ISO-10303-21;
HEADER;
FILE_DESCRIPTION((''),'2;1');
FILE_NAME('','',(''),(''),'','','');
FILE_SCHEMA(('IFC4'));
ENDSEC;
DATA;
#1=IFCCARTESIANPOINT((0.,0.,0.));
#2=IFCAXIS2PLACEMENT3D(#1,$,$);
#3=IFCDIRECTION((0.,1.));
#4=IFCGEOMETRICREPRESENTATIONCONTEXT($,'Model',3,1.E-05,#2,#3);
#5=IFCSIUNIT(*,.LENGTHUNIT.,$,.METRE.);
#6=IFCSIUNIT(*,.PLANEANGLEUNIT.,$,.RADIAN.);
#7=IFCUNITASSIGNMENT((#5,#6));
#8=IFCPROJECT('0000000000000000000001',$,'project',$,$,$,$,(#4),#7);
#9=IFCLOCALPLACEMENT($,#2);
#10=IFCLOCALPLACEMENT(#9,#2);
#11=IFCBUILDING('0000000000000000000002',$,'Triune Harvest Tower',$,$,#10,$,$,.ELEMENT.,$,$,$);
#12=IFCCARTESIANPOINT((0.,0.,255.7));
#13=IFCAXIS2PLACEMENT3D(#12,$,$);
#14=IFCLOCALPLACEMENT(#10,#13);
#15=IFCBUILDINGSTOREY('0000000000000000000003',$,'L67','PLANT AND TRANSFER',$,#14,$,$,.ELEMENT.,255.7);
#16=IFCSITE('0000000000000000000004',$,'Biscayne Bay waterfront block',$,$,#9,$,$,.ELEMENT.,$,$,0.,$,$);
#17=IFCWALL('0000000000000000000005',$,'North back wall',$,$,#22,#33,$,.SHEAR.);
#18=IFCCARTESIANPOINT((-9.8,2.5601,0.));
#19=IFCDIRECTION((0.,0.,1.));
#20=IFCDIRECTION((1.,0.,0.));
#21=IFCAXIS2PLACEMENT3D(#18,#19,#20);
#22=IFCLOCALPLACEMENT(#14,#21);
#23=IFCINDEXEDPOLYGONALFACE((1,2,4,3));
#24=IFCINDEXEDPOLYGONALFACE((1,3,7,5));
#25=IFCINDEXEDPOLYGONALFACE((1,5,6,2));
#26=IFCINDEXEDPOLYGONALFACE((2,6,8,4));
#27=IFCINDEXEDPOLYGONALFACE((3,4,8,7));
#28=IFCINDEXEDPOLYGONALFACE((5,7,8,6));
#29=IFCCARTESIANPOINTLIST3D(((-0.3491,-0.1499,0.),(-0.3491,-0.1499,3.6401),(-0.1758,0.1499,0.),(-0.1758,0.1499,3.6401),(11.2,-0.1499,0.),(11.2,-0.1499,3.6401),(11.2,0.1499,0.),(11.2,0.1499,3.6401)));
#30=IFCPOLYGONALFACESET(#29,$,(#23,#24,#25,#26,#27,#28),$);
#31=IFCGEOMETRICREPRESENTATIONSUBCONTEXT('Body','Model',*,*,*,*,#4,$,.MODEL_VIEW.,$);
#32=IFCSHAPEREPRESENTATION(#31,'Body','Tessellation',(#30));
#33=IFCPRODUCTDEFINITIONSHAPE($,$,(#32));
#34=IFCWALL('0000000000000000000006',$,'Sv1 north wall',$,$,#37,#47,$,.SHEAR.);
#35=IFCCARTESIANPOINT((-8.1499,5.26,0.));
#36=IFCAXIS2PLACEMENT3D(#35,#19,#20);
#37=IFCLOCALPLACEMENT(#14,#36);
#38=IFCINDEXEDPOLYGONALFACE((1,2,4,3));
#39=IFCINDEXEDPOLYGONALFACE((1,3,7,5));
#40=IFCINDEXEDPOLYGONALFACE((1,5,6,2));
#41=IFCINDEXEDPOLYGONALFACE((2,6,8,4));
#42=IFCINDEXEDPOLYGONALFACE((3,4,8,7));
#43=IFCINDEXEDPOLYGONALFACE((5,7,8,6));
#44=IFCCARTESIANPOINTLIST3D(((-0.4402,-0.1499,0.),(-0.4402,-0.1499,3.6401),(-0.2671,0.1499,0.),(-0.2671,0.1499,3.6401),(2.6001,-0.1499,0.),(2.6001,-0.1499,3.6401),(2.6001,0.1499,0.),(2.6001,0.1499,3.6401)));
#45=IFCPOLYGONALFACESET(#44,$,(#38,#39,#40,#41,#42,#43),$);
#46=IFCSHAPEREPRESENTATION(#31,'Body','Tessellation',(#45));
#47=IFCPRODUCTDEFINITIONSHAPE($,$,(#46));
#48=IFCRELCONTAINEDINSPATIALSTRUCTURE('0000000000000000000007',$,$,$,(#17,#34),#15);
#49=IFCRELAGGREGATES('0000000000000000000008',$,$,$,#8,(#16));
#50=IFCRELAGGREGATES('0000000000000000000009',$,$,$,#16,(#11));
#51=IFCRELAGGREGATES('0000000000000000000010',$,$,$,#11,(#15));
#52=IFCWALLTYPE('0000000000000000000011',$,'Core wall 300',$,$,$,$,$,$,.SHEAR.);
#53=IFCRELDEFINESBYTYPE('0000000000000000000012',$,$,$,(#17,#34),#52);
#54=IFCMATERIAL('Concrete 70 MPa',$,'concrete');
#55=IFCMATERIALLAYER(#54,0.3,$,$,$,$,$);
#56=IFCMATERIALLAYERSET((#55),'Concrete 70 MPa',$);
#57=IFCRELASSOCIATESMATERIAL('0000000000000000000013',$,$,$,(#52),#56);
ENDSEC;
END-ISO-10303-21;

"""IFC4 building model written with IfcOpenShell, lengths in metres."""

from ifc_helpers import new_model, si_unit, direction, frame, origin, place, context, subcontext, project, spatial, polyline, outline, extrude, source, transform, mapped, material, layer, layer_set, type_object, element, save


model = new_model("IFC4")

# Units and contexts
model_context = context("Model", 3, precision=1e-05, world=origin(), true_north=direction((0.0, 1.0)))
body_context = subcontext(model_context, "Body", "Model", "MODEL_VIEW")
ifc_project = project(units=[si_unit("LENGTHUNIT", "METRE"), si_unit("PLANEANGLEUNIT", "RADIAN")], contexts=[model_context])

# Site, building, storey
site_placement = place(None, origin())
site = spatial("IfcSite", under=ifc_project, at=site_placement, Name="Biscayne Bay waterfront block", CompositionType="ELEMENT", RefElevation=0.0)
building_placement = place(site_placement, origin())
building = spatial("IfcBuilding", under=site, at=building_placement, Name="Triune Harvest Tower", CompositionType="ELEMENT")
storey_placement = place(building_placement, frame((0.0, 0.0, 255.7)))
storey = spatial("IfcBuildingStorey", under=building, at=storey_placement, Name="L67", Description="PLANT AND TRANSFER", CompositionType="ELEMENT", Elevation=255.7)

# Shared definitions
ifc_material_1 = material(Name="Concrete 70 MPa", Category="concrete")
ifc_layer_1 = layer(ifc_material_1, 0.3)
ifc_layer_set_1 = layer_set([ifc_layer_1], Name="Concrete 70 MPa")
wall_type_1 = type_object("IfcWallType", Name="Core wall 300", PredefinedType="SHEAR", material=ifc_layer_set_1)

# Wall
shared_shape_1 = source(origin(), body_context, "Body", "SweptSolid", [
    extrude(outline(polyline([(11.2, -0.1499), (-0.3491, -0.1499), (-0.1758, 0.1499), (11.2, 0.1499), (11.2, -0.1499)])), origin(), (0.0, 0.0, 1.0), 3.6401),
])
wall_1_placement = place(storey_placement, frame((-9.8, 2.5601, 0.0), z_axis=(0.0, 0.0, 1.0), x_axis=(1.0, 0.0, 0.0)))
element("IfcWall", 1, at=wall_1_placement, inside=storey, type_object=wall_type_1, Name="North back wall", PredefinedType="SHEAR", context=body_context, shape_type="MappedRepresentation", body=[
    mapped(shared_shape_1, transform((0.0, 0.0, 0.0), scale=1.0)),
])

# Wall
shared_shape_2 = source(origin(), body_context, "Body", "SweptSolid", [
    extrude(outline(polyline([(2.6001, -0.1499), (-0.4402, -0.1499), (-0.2671, 0.1499), (2.6001, 0.1499), (2.6001, -0.1499)])), origin(), (0.0, 0.0, 1.0), 3.6401),
])
wall_2_placement = place(storey_placement, frame((-8.1499, 5.26, 0.0), z_axis=(0.0, 0.0, 1.0), x_axis=(1.0, 0.0, 0.0)))
element("IfcWall", 2, at=wall_2_placement, inside=storey, type_object=wall_type_1, Name="Sv1 north wall", PredefinedType="SHEAR", context=body_context, shape_type="MappedRepresentation", body=[
    mapped(shared_shape_2, transform((0.0, 0.0, 0.0), scale=1.0)),
])

save(model, "model.ifc")
